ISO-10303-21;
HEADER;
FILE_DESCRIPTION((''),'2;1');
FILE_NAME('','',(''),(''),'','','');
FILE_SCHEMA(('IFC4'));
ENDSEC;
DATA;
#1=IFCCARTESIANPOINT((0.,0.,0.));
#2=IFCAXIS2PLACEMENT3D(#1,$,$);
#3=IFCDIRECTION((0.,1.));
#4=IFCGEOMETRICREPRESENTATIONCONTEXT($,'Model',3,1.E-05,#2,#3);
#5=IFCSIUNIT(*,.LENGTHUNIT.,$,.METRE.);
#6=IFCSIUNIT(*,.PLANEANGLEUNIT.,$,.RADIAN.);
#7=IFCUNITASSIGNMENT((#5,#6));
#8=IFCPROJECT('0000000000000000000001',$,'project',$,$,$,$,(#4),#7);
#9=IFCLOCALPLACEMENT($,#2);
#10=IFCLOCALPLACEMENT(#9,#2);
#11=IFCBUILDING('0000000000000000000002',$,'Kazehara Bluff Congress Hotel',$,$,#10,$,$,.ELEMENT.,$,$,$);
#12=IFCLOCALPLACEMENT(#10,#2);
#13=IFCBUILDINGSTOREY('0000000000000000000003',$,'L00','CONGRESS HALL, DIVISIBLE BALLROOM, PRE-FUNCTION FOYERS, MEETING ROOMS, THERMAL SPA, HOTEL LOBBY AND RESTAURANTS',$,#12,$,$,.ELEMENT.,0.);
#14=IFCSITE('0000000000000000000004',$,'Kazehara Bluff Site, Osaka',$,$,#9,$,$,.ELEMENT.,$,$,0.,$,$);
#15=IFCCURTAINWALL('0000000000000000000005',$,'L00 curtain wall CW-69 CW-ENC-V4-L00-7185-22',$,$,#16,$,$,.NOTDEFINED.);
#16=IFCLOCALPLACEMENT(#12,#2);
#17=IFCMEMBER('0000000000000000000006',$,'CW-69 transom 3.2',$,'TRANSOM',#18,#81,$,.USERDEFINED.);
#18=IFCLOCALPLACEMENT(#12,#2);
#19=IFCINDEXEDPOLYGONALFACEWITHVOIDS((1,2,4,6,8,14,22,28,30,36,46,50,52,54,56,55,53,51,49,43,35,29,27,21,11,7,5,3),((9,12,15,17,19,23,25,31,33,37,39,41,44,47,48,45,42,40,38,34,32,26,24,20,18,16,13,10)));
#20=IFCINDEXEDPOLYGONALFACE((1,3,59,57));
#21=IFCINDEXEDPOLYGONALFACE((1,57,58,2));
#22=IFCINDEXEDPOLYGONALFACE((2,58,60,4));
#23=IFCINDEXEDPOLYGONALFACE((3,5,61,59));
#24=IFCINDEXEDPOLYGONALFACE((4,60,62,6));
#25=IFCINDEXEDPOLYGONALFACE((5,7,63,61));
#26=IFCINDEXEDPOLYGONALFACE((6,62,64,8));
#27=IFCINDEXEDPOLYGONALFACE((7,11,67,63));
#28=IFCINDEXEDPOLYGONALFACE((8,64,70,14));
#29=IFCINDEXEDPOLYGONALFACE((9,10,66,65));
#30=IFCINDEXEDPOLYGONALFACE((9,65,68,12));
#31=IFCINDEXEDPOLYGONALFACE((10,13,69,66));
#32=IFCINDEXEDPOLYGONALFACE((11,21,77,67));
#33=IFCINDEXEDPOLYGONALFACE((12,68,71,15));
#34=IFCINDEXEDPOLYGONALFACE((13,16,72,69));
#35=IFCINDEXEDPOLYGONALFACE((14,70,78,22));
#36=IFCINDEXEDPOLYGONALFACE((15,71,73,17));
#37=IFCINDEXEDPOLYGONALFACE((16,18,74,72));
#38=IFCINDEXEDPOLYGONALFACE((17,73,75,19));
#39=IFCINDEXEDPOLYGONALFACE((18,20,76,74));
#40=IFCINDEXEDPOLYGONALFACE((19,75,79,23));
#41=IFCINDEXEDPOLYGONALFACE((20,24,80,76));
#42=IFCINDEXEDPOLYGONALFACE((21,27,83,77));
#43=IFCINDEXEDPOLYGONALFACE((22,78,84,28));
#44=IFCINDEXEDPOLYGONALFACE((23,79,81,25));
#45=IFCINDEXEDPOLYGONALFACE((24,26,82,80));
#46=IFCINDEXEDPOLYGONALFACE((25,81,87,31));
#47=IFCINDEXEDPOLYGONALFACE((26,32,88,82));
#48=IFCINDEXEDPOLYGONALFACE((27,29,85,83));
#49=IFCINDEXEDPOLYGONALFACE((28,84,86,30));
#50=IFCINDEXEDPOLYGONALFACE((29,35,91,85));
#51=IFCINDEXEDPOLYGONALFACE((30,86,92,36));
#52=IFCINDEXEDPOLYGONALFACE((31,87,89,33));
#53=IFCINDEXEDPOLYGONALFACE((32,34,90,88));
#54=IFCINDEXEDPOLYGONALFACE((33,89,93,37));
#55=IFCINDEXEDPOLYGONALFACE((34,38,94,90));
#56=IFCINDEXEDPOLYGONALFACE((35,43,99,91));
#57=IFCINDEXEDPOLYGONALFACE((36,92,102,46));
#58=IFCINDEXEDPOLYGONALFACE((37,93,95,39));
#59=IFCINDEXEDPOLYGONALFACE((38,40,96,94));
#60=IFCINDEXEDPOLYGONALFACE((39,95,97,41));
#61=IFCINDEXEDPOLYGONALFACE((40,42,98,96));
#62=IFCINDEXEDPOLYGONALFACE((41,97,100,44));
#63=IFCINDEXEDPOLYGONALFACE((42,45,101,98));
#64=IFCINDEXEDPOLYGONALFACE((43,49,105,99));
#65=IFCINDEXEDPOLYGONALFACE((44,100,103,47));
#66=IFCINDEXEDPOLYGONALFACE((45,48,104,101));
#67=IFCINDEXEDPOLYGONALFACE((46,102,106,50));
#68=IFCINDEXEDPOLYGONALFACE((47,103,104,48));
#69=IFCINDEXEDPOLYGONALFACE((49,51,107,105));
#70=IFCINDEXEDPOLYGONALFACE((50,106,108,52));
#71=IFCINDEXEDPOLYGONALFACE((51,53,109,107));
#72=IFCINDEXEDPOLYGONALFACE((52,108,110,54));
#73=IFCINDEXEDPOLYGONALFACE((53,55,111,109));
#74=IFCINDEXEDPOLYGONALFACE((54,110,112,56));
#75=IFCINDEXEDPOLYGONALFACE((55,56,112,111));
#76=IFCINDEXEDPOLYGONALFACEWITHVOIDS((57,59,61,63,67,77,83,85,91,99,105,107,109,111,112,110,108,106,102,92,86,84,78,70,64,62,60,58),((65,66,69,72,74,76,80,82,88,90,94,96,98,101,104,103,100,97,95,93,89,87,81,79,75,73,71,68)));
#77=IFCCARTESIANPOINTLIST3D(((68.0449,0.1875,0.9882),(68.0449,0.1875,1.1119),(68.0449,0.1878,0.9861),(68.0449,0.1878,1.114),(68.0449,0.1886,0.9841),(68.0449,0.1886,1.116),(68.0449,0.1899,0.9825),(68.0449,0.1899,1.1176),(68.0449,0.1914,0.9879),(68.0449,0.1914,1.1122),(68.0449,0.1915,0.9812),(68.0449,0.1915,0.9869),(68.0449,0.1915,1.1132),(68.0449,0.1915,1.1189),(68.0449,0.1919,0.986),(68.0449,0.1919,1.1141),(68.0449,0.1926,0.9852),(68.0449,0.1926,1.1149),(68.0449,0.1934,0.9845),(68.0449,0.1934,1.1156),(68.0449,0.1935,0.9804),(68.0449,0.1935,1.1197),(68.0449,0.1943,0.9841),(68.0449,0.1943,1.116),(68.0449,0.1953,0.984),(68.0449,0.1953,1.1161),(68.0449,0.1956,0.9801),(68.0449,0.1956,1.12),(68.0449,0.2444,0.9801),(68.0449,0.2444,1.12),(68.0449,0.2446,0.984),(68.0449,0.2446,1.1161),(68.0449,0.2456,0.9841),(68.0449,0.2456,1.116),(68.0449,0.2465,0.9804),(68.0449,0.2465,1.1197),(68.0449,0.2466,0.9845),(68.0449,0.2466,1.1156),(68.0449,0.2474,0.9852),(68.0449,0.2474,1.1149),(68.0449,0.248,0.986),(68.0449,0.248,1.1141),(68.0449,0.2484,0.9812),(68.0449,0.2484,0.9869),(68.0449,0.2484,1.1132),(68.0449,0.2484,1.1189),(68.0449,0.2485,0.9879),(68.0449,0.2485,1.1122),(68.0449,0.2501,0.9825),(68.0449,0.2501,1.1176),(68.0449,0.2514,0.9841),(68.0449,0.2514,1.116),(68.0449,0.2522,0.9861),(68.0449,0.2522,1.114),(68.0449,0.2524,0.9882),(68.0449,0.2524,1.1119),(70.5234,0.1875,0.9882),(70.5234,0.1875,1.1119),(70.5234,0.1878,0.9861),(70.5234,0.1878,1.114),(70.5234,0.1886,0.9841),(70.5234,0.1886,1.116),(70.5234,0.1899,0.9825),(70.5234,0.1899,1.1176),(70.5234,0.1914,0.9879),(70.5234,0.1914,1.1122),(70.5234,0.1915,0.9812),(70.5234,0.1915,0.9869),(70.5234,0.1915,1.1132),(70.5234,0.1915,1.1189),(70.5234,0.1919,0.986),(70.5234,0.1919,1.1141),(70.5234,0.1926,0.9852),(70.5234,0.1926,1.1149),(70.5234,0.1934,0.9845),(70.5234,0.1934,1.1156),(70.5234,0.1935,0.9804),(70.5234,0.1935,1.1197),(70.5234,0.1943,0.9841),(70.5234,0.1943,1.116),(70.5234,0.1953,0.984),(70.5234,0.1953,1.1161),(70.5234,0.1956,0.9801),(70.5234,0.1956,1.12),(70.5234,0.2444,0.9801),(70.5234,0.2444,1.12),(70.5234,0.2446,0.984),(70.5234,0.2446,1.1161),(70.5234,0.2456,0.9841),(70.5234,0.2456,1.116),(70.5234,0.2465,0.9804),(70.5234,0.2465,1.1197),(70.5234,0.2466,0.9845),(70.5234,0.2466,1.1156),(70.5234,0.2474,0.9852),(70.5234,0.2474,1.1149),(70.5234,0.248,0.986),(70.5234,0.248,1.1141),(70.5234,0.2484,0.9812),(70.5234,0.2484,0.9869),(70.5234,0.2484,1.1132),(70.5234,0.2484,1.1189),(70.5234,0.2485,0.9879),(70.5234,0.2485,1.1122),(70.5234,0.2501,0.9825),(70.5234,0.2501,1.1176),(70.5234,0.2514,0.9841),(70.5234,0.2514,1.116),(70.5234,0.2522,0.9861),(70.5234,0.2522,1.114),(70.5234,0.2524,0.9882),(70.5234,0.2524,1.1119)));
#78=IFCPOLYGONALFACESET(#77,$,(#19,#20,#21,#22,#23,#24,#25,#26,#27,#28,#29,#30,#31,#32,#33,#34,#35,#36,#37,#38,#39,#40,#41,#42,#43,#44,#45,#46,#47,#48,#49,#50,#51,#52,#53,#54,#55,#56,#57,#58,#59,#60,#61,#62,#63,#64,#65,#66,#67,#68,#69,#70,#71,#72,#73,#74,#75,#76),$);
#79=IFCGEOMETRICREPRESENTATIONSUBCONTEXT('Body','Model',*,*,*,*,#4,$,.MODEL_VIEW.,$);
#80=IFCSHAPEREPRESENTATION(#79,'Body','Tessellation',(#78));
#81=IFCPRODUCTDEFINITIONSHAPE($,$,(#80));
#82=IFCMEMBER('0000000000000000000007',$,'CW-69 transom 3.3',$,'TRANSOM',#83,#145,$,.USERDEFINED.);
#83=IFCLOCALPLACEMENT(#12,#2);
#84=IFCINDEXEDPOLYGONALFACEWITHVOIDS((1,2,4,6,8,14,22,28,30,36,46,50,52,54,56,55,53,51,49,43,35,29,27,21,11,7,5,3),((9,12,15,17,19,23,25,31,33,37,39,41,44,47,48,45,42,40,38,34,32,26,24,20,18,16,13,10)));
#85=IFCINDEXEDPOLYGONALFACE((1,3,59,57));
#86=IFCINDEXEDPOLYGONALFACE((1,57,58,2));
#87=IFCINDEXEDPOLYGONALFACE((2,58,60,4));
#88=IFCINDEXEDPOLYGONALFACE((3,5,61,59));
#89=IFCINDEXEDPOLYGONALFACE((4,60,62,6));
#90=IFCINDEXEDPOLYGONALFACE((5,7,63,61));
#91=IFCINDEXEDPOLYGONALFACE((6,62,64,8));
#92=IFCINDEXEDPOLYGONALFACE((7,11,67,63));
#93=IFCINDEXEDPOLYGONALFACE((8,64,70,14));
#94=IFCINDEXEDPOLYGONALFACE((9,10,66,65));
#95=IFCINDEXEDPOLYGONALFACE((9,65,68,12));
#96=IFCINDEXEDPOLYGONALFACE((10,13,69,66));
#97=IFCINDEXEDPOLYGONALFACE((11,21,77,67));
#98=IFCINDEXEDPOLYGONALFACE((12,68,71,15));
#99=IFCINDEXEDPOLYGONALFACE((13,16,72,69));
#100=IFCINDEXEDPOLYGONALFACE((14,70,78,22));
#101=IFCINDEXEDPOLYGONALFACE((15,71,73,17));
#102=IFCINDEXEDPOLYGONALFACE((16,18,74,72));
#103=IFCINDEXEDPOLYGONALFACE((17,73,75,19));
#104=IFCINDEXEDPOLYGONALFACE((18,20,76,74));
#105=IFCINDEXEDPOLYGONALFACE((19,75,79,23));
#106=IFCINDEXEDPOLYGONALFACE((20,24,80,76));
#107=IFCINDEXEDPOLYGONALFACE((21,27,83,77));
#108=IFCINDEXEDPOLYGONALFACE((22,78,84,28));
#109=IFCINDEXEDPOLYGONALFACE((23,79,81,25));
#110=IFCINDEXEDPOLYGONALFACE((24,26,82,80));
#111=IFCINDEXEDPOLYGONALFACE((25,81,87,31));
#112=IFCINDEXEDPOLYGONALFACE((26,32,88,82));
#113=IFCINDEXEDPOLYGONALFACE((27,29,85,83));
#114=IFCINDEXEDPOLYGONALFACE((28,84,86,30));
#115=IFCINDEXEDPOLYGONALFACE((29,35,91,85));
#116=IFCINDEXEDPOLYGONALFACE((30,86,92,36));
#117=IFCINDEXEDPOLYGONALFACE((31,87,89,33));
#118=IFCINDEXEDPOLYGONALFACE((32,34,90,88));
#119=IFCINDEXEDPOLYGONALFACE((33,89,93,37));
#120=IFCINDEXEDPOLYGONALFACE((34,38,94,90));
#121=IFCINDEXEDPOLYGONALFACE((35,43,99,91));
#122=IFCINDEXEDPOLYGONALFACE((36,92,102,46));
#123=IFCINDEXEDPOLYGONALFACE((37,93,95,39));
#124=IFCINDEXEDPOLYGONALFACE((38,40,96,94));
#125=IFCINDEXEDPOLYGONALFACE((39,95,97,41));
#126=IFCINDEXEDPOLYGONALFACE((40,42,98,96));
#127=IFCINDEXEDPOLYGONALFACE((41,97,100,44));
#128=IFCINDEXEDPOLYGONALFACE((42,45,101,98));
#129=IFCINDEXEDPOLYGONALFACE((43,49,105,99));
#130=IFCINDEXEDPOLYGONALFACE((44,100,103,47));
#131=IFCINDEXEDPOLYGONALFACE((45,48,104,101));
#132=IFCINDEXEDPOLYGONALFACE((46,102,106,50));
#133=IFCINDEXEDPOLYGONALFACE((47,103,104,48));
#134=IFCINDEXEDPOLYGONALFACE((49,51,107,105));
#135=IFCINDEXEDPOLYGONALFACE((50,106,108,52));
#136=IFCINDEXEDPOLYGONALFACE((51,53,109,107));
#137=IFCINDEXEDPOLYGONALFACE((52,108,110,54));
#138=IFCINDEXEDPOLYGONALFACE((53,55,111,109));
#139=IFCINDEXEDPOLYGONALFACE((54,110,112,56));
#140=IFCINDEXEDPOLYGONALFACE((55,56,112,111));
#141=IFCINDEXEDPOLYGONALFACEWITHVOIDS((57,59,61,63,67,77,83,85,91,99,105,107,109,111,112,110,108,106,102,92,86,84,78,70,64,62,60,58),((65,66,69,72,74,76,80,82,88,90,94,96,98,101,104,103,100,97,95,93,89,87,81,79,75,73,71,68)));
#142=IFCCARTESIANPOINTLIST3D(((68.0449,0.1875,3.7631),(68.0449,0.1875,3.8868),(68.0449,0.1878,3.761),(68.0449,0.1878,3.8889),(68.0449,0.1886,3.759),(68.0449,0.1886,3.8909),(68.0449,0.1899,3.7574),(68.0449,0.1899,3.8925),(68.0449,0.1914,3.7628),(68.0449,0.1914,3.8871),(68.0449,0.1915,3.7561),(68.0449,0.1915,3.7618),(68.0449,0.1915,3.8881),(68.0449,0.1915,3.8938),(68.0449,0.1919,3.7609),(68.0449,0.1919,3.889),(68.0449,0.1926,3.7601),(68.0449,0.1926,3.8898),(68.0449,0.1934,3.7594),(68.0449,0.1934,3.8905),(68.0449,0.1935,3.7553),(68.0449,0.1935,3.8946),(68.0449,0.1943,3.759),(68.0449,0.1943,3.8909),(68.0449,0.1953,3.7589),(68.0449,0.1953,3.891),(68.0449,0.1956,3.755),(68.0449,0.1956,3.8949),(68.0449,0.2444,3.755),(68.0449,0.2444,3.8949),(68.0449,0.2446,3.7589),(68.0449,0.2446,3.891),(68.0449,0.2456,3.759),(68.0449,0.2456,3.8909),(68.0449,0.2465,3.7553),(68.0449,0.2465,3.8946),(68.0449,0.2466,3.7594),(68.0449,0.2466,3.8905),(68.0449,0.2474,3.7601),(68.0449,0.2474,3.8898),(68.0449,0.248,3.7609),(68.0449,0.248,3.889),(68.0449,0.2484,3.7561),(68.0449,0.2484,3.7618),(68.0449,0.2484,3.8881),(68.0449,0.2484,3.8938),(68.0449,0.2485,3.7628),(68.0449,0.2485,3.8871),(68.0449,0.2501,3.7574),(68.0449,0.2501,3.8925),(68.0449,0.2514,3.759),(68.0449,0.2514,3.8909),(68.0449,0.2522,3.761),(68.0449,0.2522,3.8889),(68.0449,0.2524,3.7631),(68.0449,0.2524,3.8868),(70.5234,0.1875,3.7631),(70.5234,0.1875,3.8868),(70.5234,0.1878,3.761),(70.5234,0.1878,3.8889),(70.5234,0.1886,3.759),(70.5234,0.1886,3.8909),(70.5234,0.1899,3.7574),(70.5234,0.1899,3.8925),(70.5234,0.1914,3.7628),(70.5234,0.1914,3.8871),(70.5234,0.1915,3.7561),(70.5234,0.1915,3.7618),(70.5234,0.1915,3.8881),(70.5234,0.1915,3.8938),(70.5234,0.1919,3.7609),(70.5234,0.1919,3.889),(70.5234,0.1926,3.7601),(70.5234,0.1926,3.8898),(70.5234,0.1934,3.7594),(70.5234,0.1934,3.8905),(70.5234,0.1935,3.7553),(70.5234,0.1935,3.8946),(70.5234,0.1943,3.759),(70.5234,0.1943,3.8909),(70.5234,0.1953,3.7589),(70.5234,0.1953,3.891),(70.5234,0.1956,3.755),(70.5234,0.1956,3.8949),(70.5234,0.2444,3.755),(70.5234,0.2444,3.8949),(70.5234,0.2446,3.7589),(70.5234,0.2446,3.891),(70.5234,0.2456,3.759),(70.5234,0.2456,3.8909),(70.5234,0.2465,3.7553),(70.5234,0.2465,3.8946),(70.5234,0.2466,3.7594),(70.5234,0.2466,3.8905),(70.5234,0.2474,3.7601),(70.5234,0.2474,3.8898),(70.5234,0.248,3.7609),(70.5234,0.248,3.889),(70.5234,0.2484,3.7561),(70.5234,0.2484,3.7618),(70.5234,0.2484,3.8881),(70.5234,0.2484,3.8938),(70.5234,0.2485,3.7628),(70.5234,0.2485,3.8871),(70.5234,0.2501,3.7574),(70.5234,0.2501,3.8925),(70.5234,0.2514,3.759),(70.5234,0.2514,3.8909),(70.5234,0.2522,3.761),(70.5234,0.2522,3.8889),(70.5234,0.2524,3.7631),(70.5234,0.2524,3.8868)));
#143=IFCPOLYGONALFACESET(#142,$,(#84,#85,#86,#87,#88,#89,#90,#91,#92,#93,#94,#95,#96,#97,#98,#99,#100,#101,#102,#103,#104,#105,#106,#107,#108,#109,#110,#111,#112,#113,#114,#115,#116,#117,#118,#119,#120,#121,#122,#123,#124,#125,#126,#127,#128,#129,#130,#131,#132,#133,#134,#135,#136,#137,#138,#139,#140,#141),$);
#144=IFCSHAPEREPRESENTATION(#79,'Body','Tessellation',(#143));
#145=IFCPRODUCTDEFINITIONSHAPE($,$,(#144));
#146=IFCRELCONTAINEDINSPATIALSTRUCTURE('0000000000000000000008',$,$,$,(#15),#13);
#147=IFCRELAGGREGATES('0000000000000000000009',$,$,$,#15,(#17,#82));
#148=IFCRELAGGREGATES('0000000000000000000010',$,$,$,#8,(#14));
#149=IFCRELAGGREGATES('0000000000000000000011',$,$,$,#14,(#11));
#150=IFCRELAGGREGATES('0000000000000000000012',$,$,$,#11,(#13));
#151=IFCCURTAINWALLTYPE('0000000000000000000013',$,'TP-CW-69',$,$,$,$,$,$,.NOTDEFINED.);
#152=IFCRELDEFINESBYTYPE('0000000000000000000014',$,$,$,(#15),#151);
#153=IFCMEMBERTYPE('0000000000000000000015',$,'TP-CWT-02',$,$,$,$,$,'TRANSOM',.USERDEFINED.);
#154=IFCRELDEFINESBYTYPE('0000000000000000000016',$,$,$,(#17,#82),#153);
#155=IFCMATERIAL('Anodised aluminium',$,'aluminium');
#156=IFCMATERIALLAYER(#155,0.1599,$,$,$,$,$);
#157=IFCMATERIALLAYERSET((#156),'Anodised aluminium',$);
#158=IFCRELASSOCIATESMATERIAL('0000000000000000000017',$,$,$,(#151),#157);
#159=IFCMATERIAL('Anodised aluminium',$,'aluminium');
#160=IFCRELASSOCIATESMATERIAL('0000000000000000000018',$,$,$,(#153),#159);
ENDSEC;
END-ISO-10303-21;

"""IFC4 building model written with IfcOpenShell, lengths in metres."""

from ifc_helpers import new_model, si_unit, direction, frame, origin, origin_2d, place, context, subcontext, project, spatial, hollow_rectangle, extrude, material, layer, layer_set, material_profile, profile_set, type_object, element, aggregate, save


model = new_model("IFC4")

# Units and contexts
model_context = context("Model", 3, precision=1e-05, world=origin(), true_north=direction((0.0, 1.0)))
body_context = subcontext(model_context, "Body", "Model", "MODEL_VIEW")
ifc_project = project(units=[si_unit("LENGTHUNIT", "METRE"), si_unit("PLANEANGLEUNIT", "RADIAN")], contexts=[model_context])

# Site, building, storey
site_placement = place(None, origin())
site = spatial("IfcSite", under=ifc_project, at=site_placement, Name="Kazehara Bluff Site, Osaka", CompositionType="ELEMENT", RefElevation=0.0)
building_placement = place(site_placement, origin())
building = spatial("IfcBuilding", under=site, at=building_placement, Name="Kazehara Bluff Congress Hotel", CompositionType="ELEMENT")
storey_placement = place(building_placement, origin())
storey = spatial("IfcBuildingStorey", under=building, at=storey_placement, Name="L00", Description="CONGRESS HALL, DIVISIBLE BALLROOM, PRE-FUNCTION FOYERS, MEETING ROOMS, THERMAL SPA, HOTEL LOBBY AND RESTAURANTS", CompositionType="ELEMENT", Elevation=0.0)

# Curtain wall, members
ifc_material_1 = material(Name="Anodised aluminium", Category="aluminium")
ifc_layer_1 = layer(ifc_material_1, 0.1599)
ifc_layer_set_1 = layer_set([ifc_layer_1], Name="Anodised aluminium")
curtain_wall_type = type_object("IfcCurtainWallType", Name="TP-CW-69", PredefinedType="NOTDEFINED", material=ifc_layer_set_1)
curtain_wall_placement = place(storey_placement, origin())
curtain_wall = element("IfcCurtainWall", 1, at=curtain_wall_placement, inside=storey, type_object=curtain_wall_type, Name="L00 curtain wall CW-69 CW-ENC-V4-L00-7185-22", PredefinedType="NOTDEFINED")
ifc_material_2 = material(Name="Anodised aluminium", Category="aluminium")
ifc_material_profile_1 = material_profile(ifc_material_2, hollow_rectangle(XDim=0.0649, YDim=0.1399, WallThickness=0.0039, InnerFilletRadius=0.0039, OuterFilletRadius=0.0081, at=origin_2d()))
ifc_profile_set_1 = profile_set([ifc_material_profile_1], Name="Anodised aluminium")
member_type_1 = type_object("IfcMemberType", Name="TP-CWT-02", ElementType="TRANSOM", PredefinedType="USERDEFINED", material=ifc_profile_set_1)
member_1_placement = place(storey_placement, frame((70.5234, 0.22, 1.05), z_axis=(-1.0, 0.0, 0.0), x_axis=(0.0, -1.0, 0.0)))
member_1 = element("IfcMember", 2, at=member_1_placement, type_object=member_type_1, Name="CW-69 transom 3.2", ObjectType="TRANSOM", PredefinedType="USERDEFINED", context=body_context, shape_type="SweptSolid", body=[
    extrude(hollow_rectangle(XDim=0.0649, YDim=0.1399, WallThickness=0.0039, InnerFilletRadius=0.0039, OuterFilletRadius=0.0081, at=origin_2d()), origin(), (0.0, 0.0, 1.0), 2.4785),
])
member_2_placement = place(storey_placement, frame((70.5234, 0.22, 3.825), z_axis=(-1.0, 0.0, 0.0), x_axis=(0.0, -1.0, 0.0)))
member_2 = element("IfcMember", 3, at=member_2_placement, type_object=member_type_1, Name="CW-69 transom 3.3", ObjectType="TRANSOM", PredefinedType="USERDEFINED", context=body_context, shape_type="SweptSolid", body=[
    extrude(hollow_rectangle(XDim=0.0649, YDim=0.1399, WallThickness=0.0039, InnerFilletRadius=0.0039, OuterFilletRadius=0.0081, at=origin_2d()), origin(), (0.0, 0.0, 1.0), 2.4785),
])

aggregate(curtain_wall, [member_1, member_2])

save(model, "model.ifc")
